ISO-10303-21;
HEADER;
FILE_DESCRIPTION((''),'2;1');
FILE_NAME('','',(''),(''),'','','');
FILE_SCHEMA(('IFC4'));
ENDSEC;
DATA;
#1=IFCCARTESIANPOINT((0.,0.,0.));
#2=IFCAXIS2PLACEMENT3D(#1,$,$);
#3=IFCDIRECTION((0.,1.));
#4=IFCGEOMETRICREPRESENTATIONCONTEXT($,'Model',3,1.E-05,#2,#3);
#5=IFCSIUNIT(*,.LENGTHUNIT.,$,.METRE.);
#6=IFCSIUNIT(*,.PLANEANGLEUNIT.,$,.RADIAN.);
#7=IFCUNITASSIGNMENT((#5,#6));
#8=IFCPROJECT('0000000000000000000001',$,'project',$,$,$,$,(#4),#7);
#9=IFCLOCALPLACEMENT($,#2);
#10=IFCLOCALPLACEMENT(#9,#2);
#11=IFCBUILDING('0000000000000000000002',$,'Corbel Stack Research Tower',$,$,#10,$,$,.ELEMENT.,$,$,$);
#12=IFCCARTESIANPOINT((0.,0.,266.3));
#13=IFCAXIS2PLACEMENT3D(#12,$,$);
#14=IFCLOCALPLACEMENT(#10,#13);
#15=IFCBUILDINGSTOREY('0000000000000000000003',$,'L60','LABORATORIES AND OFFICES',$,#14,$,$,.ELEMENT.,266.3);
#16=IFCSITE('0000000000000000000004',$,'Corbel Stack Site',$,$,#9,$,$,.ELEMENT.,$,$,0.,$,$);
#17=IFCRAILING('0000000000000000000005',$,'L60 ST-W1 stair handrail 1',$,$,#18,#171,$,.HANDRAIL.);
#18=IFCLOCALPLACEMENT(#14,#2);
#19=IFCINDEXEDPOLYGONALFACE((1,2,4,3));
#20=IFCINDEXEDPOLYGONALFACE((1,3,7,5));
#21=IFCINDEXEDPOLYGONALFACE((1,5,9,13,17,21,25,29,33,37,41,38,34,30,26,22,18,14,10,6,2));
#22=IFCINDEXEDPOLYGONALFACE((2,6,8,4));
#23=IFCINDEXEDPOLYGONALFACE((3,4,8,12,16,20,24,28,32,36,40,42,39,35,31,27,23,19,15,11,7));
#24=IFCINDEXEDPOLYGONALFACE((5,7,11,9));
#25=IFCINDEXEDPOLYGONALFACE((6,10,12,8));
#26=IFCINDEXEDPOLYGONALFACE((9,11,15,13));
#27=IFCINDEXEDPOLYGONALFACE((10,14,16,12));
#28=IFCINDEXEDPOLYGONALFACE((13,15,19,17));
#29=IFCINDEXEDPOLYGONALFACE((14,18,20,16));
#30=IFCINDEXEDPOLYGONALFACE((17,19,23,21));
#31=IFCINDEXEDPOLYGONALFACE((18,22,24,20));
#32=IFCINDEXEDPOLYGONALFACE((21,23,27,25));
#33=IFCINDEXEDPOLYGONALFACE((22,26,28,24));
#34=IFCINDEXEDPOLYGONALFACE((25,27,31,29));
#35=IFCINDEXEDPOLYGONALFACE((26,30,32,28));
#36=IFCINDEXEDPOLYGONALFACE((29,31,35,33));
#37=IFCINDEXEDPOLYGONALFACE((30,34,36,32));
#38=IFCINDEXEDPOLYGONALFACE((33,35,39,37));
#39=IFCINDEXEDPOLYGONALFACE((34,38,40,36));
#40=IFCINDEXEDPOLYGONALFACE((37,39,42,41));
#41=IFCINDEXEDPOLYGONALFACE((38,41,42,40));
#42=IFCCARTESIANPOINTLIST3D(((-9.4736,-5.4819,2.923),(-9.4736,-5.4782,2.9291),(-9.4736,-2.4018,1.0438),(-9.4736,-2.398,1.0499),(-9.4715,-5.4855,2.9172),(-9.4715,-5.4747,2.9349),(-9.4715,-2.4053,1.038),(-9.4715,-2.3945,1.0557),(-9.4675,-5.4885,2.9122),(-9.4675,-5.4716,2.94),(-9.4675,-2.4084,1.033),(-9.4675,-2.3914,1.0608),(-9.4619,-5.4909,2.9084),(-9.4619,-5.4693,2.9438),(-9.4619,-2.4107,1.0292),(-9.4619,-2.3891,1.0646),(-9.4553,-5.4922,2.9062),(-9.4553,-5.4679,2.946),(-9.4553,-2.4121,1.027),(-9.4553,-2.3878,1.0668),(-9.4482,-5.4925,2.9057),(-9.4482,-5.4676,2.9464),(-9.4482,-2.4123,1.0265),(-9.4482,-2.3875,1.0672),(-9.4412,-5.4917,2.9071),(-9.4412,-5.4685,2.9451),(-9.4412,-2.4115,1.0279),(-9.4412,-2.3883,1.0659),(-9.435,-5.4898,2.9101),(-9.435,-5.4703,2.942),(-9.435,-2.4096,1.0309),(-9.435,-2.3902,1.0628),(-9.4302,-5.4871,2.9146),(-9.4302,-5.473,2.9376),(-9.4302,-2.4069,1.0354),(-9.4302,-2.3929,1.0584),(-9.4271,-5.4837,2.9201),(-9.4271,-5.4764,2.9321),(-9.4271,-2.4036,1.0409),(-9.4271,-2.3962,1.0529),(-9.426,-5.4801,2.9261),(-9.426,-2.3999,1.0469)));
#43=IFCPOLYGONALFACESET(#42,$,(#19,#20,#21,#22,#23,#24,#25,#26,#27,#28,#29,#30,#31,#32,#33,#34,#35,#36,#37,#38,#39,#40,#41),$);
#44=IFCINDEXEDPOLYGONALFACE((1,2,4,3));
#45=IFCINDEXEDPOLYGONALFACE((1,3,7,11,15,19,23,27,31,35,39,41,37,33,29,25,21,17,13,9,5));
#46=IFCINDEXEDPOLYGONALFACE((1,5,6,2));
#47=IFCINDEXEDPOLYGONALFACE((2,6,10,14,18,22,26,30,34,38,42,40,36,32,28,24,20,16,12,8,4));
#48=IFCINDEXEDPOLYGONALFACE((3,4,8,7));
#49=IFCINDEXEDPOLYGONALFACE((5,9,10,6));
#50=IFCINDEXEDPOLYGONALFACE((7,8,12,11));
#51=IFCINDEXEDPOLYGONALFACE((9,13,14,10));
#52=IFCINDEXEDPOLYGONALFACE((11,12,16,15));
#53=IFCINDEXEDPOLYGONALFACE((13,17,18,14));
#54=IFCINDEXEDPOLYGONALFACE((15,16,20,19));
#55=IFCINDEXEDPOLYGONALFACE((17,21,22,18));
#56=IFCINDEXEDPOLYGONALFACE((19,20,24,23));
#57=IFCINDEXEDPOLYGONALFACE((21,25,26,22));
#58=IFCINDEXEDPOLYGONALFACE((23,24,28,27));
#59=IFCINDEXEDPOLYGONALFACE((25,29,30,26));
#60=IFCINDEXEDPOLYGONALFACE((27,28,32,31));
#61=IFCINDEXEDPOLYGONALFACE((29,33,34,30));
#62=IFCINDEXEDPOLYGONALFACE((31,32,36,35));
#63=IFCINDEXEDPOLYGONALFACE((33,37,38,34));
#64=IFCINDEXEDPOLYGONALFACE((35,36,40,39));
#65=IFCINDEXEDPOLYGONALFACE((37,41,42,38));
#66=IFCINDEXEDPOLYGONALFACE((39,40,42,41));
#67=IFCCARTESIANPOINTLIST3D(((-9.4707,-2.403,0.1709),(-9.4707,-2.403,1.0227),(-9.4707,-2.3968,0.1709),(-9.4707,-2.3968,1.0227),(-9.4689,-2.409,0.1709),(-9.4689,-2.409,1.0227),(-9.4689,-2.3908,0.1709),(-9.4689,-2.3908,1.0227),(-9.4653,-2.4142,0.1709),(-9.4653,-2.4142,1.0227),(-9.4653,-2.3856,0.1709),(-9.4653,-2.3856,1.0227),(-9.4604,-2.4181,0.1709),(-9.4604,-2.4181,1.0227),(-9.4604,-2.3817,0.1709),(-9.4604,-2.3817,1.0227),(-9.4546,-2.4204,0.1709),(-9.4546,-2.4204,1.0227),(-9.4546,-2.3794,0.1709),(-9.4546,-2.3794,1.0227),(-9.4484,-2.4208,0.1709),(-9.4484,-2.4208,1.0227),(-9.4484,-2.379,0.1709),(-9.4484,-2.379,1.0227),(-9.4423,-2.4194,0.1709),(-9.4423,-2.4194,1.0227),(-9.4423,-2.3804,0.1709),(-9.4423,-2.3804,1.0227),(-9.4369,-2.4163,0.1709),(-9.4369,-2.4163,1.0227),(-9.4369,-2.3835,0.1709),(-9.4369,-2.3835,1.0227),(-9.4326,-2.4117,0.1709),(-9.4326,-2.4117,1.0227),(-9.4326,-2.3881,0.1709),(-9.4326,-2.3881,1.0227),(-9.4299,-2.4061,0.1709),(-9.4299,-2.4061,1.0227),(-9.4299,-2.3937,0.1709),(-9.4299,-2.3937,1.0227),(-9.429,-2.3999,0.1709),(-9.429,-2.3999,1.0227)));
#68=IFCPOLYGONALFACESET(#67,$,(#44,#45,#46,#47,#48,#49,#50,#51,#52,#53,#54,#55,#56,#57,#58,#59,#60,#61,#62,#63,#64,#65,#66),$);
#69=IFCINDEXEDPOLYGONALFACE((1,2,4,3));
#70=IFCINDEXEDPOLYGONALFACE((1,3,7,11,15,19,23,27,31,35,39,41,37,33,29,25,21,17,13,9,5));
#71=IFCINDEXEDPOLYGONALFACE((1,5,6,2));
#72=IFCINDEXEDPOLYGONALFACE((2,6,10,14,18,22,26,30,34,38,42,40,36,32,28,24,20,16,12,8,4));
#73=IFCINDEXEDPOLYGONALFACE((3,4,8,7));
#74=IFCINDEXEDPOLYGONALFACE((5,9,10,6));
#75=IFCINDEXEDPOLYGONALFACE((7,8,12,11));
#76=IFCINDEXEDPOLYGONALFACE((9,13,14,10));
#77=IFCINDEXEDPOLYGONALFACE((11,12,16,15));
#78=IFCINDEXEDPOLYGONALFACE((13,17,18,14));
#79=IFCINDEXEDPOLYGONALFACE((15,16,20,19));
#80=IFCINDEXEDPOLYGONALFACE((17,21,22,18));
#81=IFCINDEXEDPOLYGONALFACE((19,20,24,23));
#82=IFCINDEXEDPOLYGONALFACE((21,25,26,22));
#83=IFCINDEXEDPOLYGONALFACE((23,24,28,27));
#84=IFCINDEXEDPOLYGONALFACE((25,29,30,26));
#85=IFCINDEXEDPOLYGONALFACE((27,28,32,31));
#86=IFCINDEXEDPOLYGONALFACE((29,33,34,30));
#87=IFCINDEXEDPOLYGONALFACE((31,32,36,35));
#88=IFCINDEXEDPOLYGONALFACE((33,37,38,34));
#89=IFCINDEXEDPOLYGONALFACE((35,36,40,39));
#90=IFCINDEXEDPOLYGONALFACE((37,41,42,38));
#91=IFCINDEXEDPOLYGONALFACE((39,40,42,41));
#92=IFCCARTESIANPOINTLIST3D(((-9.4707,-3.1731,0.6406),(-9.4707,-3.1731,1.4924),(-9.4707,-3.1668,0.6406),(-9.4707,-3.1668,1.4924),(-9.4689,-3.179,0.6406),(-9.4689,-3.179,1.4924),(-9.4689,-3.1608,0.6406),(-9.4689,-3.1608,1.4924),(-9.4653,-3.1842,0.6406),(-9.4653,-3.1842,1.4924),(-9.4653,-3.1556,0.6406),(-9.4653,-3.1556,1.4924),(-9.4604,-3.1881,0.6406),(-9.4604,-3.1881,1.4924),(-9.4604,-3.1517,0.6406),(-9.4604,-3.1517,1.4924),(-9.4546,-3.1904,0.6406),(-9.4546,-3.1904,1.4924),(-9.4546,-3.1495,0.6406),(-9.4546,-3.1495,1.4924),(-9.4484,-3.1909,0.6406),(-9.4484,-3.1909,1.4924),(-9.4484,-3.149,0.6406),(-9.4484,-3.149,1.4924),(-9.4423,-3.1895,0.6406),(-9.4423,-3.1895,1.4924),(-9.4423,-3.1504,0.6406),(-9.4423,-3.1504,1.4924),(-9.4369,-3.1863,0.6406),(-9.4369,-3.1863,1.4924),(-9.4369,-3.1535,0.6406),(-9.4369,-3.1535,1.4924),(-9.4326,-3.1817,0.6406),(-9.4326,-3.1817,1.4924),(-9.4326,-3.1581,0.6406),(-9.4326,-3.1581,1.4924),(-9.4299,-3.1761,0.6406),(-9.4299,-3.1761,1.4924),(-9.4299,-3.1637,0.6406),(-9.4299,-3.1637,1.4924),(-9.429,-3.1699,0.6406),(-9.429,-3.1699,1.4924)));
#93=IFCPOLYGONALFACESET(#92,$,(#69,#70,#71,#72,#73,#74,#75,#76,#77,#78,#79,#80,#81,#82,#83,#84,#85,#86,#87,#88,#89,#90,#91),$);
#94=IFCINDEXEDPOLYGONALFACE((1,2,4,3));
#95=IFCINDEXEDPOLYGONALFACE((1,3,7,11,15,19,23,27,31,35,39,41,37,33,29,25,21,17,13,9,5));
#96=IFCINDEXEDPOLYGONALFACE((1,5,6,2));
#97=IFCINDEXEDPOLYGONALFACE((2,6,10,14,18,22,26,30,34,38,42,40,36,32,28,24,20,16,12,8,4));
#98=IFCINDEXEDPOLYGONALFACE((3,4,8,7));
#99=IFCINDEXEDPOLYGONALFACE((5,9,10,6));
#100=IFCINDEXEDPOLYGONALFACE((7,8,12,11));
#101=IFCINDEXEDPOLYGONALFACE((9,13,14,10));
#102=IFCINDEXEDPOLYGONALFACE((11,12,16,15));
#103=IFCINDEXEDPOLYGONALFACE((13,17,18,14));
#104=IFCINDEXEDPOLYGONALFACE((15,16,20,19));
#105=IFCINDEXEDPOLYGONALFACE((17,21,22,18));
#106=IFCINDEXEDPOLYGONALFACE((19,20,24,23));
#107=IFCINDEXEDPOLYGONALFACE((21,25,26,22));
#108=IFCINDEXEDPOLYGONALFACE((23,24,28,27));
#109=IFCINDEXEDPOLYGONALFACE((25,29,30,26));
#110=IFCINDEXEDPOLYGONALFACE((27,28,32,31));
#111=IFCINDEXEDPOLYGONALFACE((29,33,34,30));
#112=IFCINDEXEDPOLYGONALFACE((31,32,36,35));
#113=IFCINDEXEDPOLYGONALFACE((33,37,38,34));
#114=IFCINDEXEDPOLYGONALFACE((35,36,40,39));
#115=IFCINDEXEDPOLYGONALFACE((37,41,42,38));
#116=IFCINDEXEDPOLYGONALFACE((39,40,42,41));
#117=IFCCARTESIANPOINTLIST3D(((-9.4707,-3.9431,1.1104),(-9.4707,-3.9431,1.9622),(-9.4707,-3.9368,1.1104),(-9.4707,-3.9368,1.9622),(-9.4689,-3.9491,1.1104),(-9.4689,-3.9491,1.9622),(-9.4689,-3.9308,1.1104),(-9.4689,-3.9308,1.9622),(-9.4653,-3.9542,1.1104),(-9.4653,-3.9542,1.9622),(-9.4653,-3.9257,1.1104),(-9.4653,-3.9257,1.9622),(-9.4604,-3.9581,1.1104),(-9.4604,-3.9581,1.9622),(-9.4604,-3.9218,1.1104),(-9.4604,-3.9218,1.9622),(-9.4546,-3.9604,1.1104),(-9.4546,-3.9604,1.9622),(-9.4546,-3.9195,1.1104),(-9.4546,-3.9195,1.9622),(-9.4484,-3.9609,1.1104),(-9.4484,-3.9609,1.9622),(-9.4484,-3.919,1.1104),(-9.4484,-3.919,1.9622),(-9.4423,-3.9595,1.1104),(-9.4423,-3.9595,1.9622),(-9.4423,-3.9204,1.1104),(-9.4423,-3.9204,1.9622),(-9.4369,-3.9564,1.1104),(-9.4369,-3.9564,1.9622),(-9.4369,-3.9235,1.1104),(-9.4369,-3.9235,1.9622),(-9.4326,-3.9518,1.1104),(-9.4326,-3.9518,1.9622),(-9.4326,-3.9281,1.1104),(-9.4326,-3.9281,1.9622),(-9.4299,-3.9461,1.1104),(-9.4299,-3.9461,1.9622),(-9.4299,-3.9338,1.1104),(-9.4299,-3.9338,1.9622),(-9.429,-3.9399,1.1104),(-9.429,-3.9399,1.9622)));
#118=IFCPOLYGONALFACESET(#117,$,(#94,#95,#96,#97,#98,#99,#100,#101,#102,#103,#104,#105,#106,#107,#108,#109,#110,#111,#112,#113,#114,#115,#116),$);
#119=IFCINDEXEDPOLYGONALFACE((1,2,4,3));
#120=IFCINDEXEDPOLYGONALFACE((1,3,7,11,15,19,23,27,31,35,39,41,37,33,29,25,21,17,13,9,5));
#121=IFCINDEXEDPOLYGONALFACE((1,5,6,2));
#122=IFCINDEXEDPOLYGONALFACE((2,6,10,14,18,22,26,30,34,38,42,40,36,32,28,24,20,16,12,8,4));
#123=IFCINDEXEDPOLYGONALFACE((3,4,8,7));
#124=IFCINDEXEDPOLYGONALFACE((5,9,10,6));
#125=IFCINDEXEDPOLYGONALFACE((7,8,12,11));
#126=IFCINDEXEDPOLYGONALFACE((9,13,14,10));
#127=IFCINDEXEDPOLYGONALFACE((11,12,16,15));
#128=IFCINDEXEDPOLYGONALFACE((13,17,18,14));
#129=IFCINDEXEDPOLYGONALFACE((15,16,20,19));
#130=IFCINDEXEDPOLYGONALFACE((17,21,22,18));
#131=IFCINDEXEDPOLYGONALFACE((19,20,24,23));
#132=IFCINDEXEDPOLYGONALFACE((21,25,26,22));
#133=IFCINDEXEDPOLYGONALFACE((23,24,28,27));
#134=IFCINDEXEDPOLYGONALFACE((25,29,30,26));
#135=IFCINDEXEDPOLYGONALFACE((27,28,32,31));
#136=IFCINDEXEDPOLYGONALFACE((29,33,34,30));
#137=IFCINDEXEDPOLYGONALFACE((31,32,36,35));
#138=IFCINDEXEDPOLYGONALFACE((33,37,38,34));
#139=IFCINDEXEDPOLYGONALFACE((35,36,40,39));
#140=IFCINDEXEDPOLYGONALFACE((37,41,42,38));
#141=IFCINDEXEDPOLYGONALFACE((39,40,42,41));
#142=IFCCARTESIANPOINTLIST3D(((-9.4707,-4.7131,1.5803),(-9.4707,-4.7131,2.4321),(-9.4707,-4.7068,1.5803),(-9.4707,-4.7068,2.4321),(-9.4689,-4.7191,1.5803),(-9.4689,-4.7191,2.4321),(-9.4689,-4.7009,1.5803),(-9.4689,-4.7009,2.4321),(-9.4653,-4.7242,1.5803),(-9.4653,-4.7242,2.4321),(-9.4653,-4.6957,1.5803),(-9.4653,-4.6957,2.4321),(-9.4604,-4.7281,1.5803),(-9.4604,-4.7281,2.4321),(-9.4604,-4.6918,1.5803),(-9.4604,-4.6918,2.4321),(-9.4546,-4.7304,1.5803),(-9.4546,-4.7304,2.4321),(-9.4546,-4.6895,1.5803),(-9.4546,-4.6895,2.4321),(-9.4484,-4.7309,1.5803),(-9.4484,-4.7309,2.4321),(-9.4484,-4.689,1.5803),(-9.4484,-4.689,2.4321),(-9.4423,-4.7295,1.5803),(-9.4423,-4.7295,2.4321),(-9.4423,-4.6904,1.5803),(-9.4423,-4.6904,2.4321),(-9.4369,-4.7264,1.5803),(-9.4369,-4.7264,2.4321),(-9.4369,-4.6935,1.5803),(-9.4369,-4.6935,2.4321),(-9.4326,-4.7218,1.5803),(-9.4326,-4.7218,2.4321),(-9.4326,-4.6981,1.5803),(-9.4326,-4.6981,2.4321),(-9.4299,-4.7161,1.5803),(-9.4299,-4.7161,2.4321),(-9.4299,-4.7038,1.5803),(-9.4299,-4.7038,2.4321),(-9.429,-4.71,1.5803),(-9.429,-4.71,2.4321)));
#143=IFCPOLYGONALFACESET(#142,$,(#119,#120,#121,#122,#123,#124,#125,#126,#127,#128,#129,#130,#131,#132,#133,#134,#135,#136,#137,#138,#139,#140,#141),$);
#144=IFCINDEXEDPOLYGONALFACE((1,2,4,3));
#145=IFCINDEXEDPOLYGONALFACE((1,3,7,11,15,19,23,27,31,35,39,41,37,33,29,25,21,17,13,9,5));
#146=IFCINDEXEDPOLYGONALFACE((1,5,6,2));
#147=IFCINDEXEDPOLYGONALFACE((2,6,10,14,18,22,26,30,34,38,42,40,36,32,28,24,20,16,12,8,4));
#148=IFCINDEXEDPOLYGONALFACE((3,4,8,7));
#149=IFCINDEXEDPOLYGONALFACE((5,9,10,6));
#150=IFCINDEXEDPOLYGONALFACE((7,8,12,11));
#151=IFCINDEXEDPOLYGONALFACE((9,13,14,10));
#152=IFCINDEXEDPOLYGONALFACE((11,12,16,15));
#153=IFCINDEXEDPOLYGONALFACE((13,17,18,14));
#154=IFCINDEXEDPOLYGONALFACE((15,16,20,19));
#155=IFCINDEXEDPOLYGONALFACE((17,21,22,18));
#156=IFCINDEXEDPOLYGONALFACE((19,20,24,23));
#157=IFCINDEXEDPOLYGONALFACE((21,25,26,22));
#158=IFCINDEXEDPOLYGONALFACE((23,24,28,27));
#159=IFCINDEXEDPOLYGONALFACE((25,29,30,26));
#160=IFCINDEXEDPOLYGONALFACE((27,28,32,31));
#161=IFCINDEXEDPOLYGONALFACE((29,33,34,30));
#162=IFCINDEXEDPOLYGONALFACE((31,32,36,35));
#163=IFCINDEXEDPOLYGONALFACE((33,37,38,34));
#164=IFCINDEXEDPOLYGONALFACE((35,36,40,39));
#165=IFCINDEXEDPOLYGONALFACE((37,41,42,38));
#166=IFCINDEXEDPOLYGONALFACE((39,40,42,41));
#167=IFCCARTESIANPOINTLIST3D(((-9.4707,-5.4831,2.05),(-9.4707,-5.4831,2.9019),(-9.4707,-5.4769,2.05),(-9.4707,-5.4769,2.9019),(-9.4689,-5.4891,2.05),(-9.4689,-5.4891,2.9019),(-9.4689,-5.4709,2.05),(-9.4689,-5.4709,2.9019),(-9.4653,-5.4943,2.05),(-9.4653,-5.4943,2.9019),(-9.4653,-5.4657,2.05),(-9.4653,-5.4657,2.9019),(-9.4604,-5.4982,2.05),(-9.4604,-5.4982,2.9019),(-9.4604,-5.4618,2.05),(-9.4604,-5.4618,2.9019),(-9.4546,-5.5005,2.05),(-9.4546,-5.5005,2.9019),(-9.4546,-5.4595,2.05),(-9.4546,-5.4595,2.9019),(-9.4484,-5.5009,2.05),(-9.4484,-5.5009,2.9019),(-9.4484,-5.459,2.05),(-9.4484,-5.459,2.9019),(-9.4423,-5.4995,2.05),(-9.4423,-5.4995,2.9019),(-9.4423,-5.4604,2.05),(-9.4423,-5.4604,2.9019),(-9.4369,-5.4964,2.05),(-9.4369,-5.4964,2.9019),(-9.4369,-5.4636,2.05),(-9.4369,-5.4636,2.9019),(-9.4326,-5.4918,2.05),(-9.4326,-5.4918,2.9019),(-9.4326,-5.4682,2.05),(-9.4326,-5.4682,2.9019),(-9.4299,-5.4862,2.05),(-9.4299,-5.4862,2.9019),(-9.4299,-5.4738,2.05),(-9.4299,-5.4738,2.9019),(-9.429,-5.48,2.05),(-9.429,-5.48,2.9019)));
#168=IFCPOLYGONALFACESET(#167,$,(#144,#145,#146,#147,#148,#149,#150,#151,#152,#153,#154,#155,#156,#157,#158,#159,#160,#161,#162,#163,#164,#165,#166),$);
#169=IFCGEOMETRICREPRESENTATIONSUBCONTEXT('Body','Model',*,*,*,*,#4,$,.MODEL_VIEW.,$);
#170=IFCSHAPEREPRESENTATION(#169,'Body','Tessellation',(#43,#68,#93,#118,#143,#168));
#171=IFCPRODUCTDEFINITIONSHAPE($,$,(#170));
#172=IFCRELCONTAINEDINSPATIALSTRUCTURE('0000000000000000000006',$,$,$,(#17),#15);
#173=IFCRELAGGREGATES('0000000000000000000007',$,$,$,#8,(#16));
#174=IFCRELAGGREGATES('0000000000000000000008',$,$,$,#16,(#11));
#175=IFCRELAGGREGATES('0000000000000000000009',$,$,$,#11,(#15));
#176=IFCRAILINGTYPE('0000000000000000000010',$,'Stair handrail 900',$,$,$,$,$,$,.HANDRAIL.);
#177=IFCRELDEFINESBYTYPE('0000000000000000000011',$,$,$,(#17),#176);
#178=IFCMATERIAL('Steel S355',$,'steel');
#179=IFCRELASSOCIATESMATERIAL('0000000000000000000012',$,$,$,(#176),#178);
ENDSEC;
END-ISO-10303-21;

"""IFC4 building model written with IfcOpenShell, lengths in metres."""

from ifc_helpers import new_model, si_unit, direction, frame, origin, origin_2d, place, context, subcontext, project, spatial, circle, extrude, material, type_object, element, save


model = new_model("IFC4")

# Units and contexts
model_context = context("Model", 3, precision=1e-05, world=origin(), true_north=direction((0.0, 1.0)))
body_context = subcontext(model_context, "Body", "Model", "MODEL_VIEW")
ifc_project = project(units=[si_unit("LENGTHUNIT", "METRE"), si_unit("PLANEANGLEUNIT", "RADIAN")], contexts=[model_context])

# Site, building, storey
site_placement = place(None, origin())
site = spatial("IfcSite", under=ifc_project, at=site_placement, Name="Corbel Stack Site", CompositionType="ELEMENT", RefElevation=0.0)
building_placement = place(site_placement, origin())
building = spatial("IfcBuilding", under=site, at=building_placement, Name="Corbel Stack Research Tower", CompositionType="ELEMENT")
storey_placement = place(building_placement, frame((0.0, 0.0, 266.3)))
storey = spatial("IfcBuildingStorey", under=building, at=storey_placement, Name="L60", Description="LABORATORIES AND OFFICES", CompositionType="ELEMENT", Elevation=266.3)

# Railing
ifc_material_1 = material(Name="Steel S355", Category="steel")
railing_type_1 = type_object("IfcRailingType", Name="Stair handrail 900", PredefinedType="HANDRAIL", material=ifc_material_1)
railing_placement = place(storey_placement, frame((-9.45, -2.3999, 0.1709)))
element("IfcRailing", 1, at=railing_placement, inside=storey, type_object=railing_type_1, Name="L60 ST-W1 stair handrail 1", PredefinedType="HANDRAIL", context=body_context, shape_type="SweptSolid", body=[
    extrude(circle(Radius=0.0239, at=origin_2d()), frame((0.0, 0.0, 0.876), z_axis=(0.0, -0.853666, 0.52082), x_axis=(1.0, 0.0, 0.0)), (0.0, 0.0, 1.0), 3.6082),
    extrude(circle(Radius=0.021, at=origin_2d()), origin(), (0.0, 0.0, 1.0), 0.8518),
    extrude(circle(Radius=0.021, at=origin_2d()), frame((0.0, -0.77, 0.4697)), (0.0, 0.0, 1.0), 0.8518),
    extrude(circle(Radius=0.021, at=origin_2d()), frame((0.0, -1.54, 0.9395)), (0.0, 0.0, 1.0), 0.8518),
    extrude(circle(Radius=0.021, at=origin_2d()), frame((0.0, -2.3101, 1.4094)), (0.0, 0.0, 1.0), 0.8518),
    extrude(circle(Radius=0.021, at=origin_2d()), frame((0.0, -3.0801, 1.8792)), (0.0, 0.0, 1.0), 0.8518),
])

save(model, "model.ifc")
